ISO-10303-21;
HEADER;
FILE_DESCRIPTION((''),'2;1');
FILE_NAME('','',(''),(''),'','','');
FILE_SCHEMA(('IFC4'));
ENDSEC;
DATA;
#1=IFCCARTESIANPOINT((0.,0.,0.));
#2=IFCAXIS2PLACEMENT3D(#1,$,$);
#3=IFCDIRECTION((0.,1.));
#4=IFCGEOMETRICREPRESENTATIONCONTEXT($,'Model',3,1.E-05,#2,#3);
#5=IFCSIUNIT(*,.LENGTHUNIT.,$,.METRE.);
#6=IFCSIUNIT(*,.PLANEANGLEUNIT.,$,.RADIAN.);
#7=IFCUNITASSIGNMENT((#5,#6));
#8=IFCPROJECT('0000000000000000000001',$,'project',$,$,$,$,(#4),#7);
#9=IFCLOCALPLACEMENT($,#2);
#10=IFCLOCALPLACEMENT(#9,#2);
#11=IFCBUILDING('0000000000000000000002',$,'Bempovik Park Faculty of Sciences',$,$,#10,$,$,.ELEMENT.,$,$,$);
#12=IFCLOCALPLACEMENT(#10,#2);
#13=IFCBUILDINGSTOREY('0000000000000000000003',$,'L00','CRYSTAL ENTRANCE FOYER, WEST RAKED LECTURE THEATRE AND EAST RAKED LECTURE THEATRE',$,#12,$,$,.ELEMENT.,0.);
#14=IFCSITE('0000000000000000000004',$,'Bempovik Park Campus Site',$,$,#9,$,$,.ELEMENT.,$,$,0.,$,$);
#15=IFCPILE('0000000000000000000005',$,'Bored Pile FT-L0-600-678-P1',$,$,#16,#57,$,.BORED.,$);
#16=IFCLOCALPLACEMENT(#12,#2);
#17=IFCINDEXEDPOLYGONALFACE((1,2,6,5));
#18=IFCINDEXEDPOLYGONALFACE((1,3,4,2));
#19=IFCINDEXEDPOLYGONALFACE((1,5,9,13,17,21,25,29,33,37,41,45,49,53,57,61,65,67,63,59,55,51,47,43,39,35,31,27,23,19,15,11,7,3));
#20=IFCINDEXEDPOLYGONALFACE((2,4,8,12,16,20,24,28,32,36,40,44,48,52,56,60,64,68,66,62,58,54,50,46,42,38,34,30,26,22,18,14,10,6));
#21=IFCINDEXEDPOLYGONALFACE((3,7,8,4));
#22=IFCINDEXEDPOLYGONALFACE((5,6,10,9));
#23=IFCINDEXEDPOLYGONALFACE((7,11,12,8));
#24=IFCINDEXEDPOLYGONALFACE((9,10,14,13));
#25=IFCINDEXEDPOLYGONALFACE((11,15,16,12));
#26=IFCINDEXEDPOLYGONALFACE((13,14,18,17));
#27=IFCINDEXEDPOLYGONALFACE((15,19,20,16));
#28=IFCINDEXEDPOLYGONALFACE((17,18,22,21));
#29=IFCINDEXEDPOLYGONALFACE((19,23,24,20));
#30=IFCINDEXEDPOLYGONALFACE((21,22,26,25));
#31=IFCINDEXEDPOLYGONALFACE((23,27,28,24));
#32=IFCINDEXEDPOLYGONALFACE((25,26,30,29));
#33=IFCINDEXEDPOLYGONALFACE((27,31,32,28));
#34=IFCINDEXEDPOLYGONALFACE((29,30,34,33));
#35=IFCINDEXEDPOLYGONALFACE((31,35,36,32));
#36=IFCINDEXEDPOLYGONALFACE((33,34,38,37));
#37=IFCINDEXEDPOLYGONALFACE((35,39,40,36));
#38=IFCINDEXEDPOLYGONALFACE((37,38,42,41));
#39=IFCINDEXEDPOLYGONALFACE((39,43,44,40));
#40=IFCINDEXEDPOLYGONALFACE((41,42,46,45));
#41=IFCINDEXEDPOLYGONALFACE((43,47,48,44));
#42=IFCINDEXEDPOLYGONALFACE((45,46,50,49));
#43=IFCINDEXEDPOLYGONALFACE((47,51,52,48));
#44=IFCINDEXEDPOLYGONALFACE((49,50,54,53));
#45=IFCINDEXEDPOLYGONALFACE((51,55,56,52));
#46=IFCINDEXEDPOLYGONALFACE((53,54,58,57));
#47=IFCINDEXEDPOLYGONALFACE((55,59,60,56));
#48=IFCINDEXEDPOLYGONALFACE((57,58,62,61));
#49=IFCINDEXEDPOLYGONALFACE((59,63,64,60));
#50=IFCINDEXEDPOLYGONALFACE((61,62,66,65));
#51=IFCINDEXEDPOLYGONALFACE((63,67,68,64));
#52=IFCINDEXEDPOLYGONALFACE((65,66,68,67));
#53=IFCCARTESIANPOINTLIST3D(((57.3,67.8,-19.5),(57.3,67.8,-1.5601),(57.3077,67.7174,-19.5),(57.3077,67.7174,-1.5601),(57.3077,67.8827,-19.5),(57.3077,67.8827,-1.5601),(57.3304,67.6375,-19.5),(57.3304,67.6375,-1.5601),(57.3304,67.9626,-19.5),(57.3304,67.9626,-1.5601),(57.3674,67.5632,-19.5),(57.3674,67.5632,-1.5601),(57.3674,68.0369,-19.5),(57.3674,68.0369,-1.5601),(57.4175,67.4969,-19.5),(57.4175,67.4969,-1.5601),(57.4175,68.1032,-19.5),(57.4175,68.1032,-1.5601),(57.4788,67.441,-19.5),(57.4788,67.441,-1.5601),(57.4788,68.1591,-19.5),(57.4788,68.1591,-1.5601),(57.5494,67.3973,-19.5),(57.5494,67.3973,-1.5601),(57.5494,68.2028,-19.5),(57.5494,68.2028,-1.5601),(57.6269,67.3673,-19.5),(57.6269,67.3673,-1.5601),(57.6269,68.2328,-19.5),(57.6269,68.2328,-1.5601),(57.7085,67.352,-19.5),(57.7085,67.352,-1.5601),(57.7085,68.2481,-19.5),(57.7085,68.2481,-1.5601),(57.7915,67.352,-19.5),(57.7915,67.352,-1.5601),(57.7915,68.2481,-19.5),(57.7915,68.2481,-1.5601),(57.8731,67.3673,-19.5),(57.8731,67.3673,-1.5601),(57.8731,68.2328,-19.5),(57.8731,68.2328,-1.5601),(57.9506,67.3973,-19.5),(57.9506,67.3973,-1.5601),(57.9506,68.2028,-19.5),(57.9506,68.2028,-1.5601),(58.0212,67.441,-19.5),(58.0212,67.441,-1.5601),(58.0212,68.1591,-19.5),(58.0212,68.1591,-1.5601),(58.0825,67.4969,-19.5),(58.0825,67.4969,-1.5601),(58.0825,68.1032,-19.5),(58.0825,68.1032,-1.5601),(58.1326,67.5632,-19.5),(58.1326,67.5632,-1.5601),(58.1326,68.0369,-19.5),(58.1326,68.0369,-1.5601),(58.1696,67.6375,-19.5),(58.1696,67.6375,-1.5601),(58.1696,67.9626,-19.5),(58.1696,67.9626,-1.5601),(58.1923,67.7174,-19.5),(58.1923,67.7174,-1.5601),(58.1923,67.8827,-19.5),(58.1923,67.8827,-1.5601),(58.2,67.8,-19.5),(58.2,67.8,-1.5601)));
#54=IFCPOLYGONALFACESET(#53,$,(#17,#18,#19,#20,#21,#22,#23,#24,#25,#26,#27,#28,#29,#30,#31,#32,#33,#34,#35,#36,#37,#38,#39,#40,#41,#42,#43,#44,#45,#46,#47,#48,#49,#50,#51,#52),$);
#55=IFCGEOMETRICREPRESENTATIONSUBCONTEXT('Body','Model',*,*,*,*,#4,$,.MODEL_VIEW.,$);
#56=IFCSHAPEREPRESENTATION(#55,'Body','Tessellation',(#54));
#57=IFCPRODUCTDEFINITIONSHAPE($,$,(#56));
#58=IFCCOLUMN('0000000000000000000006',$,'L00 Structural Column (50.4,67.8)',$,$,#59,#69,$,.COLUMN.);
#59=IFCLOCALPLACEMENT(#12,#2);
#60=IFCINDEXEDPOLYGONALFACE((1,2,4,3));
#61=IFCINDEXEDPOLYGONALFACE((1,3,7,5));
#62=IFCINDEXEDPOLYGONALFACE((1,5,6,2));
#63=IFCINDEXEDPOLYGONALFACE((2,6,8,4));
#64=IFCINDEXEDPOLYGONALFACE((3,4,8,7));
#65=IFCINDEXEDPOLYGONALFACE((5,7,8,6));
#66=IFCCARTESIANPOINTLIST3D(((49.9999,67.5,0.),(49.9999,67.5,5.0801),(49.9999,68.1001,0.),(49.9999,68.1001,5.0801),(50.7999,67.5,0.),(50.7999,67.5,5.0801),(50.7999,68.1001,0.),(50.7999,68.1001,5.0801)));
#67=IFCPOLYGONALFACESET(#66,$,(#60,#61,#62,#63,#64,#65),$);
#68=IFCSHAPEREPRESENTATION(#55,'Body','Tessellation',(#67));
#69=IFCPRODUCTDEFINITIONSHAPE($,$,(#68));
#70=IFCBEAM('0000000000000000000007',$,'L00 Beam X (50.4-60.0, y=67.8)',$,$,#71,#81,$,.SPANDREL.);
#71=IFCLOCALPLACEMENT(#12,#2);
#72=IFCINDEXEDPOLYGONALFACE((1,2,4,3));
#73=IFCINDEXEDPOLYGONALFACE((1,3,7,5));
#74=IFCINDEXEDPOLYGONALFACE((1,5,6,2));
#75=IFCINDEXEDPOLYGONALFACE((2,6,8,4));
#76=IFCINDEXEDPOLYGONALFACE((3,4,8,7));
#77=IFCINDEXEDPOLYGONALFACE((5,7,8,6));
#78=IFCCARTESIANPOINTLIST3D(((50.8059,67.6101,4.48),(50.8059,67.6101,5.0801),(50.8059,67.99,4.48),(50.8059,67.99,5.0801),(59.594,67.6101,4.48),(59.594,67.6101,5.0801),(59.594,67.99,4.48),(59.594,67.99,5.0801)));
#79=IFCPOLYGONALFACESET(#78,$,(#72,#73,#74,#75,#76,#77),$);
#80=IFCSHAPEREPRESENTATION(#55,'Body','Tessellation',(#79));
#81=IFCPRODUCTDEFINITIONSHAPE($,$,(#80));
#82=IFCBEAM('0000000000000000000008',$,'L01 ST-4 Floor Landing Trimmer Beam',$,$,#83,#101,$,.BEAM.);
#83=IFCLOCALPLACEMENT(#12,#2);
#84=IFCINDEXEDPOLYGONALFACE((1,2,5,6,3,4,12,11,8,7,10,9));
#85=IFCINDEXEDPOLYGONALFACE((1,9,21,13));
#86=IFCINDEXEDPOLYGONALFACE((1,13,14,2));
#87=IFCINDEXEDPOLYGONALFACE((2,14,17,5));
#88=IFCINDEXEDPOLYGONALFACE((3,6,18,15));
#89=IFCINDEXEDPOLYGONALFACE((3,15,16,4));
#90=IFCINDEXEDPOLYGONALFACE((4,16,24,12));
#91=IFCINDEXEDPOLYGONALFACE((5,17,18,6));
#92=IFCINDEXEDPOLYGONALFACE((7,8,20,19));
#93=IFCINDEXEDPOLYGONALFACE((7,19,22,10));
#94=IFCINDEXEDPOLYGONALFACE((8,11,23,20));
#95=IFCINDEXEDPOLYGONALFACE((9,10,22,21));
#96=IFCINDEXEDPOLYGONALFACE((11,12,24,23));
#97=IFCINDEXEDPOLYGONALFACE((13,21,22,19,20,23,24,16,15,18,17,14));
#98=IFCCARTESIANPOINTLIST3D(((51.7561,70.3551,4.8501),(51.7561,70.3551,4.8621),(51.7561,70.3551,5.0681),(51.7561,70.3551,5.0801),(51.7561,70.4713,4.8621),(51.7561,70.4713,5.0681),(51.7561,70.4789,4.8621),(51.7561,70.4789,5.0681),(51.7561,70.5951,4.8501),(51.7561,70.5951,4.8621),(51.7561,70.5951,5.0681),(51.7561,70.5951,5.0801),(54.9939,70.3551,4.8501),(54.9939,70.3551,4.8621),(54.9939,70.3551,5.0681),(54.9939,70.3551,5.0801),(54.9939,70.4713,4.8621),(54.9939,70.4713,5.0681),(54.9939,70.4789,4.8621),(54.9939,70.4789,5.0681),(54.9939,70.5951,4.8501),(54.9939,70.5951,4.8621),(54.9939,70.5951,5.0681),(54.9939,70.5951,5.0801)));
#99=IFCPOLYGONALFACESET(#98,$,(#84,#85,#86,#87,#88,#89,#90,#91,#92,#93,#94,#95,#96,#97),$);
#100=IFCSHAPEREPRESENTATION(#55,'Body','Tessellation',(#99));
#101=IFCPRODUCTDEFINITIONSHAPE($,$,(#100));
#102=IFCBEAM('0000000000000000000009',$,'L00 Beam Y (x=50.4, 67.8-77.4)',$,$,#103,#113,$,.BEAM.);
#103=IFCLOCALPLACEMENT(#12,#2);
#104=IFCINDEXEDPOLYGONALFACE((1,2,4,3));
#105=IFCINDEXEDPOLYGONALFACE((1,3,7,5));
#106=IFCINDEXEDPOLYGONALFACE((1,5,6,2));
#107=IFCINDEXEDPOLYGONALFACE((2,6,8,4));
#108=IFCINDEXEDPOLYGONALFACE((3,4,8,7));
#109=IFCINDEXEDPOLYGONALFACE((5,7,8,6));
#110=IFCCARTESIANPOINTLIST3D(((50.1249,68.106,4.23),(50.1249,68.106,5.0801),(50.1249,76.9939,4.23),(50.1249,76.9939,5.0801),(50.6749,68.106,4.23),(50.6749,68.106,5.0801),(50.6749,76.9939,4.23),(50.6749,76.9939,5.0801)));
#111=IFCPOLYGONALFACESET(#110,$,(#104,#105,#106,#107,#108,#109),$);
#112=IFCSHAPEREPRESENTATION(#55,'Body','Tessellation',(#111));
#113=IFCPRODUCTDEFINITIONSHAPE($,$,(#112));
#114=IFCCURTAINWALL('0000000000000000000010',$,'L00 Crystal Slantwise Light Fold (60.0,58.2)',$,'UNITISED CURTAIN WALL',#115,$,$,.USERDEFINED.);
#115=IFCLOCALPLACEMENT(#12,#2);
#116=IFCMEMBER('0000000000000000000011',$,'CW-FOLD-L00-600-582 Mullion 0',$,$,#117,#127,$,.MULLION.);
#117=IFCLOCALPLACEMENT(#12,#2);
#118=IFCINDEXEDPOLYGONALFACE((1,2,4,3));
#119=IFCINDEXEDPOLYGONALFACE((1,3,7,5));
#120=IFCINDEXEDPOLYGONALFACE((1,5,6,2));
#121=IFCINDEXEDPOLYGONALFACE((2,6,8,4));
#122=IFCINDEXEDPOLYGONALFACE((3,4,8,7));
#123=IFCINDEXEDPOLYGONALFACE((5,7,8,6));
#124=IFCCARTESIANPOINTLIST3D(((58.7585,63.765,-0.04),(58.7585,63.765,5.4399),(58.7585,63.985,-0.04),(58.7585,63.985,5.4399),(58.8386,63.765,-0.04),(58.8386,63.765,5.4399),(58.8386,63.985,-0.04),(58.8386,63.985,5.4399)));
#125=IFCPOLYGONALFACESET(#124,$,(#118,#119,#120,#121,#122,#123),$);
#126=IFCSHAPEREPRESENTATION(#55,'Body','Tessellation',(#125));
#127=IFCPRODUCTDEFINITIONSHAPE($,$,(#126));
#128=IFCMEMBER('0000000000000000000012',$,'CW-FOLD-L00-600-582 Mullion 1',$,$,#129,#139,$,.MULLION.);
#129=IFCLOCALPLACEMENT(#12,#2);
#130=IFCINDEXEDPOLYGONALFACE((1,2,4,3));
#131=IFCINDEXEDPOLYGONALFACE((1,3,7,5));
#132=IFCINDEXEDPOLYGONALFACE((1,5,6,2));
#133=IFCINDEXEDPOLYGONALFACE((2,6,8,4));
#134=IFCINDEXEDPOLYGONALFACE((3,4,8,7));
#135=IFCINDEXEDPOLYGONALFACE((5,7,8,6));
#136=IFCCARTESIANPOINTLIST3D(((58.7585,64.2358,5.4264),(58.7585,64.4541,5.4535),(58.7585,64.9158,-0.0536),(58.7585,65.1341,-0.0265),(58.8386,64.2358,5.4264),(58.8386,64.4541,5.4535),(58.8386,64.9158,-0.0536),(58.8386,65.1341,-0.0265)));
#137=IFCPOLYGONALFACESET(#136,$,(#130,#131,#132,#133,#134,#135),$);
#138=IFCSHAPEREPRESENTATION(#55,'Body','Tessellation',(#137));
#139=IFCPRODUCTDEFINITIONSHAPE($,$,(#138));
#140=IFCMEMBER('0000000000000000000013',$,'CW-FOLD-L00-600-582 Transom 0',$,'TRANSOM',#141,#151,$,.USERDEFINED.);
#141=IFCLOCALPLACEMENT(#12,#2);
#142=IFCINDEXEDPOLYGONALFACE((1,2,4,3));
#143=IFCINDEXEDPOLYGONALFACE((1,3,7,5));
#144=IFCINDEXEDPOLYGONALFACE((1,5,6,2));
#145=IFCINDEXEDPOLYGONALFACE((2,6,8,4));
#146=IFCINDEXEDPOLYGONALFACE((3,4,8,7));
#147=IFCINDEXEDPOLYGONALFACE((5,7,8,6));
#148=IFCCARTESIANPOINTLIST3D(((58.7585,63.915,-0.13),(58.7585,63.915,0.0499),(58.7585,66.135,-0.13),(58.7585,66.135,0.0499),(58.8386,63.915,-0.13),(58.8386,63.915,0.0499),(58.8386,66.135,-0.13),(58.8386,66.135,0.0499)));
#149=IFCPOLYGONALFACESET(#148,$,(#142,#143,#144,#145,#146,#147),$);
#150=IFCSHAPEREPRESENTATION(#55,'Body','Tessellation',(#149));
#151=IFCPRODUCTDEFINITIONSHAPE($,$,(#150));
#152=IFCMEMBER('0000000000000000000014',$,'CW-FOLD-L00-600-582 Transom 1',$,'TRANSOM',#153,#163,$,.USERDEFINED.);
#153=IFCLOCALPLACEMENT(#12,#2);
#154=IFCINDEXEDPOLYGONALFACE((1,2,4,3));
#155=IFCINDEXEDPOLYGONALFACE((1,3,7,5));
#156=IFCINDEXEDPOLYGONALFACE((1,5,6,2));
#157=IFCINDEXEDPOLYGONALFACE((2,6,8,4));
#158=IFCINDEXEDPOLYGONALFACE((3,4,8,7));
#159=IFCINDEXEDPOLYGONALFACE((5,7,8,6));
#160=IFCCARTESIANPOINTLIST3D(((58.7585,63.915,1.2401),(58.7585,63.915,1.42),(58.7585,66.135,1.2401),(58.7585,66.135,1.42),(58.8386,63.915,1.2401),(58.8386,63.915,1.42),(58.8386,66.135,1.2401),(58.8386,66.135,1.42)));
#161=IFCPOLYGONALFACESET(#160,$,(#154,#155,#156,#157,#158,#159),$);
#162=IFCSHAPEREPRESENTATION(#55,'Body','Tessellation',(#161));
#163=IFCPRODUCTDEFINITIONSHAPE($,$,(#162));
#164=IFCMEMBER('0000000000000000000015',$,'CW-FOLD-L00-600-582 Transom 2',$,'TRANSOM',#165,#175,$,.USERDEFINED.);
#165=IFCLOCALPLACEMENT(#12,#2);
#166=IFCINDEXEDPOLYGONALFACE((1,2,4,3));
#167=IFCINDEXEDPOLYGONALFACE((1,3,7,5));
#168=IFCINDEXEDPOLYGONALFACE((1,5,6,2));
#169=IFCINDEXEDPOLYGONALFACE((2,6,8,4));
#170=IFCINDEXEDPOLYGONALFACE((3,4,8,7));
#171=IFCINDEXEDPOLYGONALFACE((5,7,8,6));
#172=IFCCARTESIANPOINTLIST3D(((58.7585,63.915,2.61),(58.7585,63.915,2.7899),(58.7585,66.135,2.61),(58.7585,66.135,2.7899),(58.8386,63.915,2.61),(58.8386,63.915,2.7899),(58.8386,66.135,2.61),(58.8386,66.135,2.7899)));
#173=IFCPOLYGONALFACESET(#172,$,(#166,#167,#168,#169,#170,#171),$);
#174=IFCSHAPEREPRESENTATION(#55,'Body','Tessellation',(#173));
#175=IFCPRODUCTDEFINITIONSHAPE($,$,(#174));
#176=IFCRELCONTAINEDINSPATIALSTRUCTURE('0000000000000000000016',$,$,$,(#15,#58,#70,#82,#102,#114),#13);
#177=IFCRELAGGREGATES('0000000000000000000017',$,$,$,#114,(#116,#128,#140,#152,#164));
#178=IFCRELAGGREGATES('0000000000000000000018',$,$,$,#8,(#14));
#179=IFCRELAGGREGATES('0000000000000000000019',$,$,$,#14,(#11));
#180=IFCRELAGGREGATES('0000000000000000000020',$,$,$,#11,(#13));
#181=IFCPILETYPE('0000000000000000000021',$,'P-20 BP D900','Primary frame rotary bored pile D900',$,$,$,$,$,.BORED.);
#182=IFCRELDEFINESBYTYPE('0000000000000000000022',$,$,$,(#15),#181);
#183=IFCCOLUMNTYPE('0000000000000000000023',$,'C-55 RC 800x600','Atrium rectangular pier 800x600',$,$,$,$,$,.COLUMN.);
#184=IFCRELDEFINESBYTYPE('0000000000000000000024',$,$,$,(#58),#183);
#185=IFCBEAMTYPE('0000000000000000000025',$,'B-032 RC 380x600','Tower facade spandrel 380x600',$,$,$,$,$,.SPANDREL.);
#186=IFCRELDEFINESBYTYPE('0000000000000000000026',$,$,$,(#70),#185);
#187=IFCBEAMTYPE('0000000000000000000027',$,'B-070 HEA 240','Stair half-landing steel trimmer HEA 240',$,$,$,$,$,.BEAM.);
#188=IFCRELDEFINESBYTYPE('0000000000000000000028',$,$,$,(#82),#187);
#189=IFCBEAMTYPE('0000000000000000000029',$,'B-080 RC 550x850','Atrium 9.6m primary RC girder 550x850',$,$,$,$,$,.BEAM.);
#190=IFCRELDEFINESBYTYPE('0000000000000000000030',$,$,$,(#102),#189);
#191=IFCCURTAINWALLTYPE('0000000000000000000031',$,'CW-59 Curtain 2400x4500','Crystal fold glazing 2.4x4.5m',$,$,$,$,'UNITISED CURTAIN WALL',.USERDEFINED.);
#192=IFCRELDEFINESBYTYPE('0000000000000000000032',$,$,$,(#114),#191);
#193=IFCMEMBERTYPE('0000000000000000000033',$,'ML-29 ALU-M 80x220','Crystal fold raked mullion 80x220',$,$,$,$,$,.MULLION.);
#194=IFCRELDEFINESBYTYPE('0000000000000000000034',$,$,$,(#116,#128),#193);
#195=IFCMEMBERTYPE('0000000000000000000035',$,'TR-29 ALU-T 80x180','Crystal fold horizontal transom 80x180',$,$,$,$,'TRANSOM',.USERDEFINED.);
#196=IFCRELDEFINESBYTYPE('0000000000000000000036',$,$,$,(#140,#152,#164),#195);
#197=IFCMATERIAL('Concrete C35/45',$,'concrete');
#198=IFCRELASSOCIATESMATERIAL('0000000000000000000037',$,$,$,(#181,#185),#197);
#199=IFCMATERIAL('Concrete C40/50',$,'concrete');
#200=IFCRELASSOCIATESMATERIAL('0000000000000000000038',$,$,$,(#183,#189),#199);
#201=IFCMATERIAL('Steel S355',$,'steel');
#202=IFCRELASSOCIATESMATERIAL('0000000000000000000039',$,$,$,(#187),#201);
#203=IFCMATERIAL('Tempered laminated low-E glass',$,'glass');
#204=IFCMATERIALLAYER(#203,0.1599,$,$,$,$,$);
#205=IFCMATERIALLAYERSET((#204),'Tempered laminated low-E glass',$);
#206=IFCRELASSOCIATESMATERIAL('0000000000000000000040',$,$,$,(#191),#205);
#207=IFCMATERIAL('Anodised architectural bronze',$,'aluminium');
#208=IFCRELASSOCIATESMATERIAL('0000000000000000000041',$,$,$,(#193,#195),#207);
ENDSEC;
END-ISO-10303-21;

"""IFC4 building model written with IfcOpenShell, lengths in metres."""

from ifc_helpers import new_model, si_unit, direction, frame, origin, origin_2d, place, context, subcontext, project, spatial, rectangle, circle, i_section, extrude, material, layer, layer_set, material_profile, profile_set, type_object, element, aggregate, save


model = new_model("IFC4")

# Units and contexts
model_context = context("Model", 3, precision=1e-05, world=origin(), true_north=direction((0.0, 1.0)))
body_context = subcontext(model_context, "Body", "Model", "MODEL_VIEW")
ifc_project = project(units=[si_unit("LENGTHUNIT", "METRE"), si_unit("PLANEANGLEUNIT", "RADIAN")], contexts=[model_context])

# Site, building, storey
site_placement = place(None, origin())
site = spatial("IfcSite", under=ifc_project, at=site_placement, Name="Bempovik Park Campus Site", CompositionType="ELEMENT", RefElevation=0.0)
building_placement = place(site_placement, origin())
building = spatial("IfcBuilding", under=site, at=building_placement, Name="Bempovik Park Faculty of Sciences", CompositionType="ELEMENT")
storey_placement = place(building_placement, origin())
storey = spatial("IfcBuildingStorey", under=building, at=storey_placement, Name="L00", Description="CRYSTAL ENTRANCE FOYER, WEST RAKED LECTURE THEATRE AND EAST RAKED LECTURE THEATRE", CompositionType="ELEMENT", Elevation=0.0)

# Shared definitions
ifc_material_1 = material(Name="Concrete C35/45", Category="concrete")

# Pile
ifc_material_profile_1 = material_profile(ifc_material_1, circle(Radius=0.45, at=origin_2d()), Name="BP D900")
ifc_profile_set_1 = profile_set([ifc_material_profile_1], Name="Concrete C35/45")
pile_type_1 = type_object("IfcPileType", Name="P-20 BP D900", Description="Primary frame rotary bored pile D900", PredefinedType="BORED", material=ifc_profile_set_1)
for number, where, z_axis, x_axis, name in (
    (1, (57.75, 67.8, -1.5601), (0.0, 0.0, -1.0), (1.0, 0.0, 0.0), "Bored Pile FT-L0-600-678-P1"),
):
    element("IfcPile", number, at=place(storey_placement, frame(where, z_axis=z_axis, x_axis=x_axis)), inside=storey, type_object=pile_type_1, Name=name, PredefinedType="BORED", context=body_context, shape_type="SweptSolid", body=[
        extrude(circle(Radius=0.45, at=origin_2d()), origin(), (0.0, 0.0, 1.0), 17.9399),
    ])

# Column
ifc_material_2 = material(Name="Concrete C40/50", Category="concrete")
ifc_material_profile_2 = material_profile(ifc_material_2, rectangle(XDim=0.8, YDim=0.6001, at=origin_2d()), Name="RC 800x600")
ifc_profile_set_2 = profile_set([ifc_material_profile_2], Name="Concrete C40/50")
column_type = type_object("IfcColumnType", Name="C-55 RC 800x600", Description="Atrium rectangular pier 800x600", PredefinedType="COLUMN", material=ifc_profile_set_2)
column_placement = place(storey_placement, frame((50.3999, 67.8, 0.0), z_axis=(0.0, 0.0, 1.0), x_axis=(1.0, 0.0, 0.0)))
element("IfcColumn", 2, at=column_placement, inside=storey, type_object=column_type, Name="L00 Structural Column (50.4,67.8)", PredefinedType="COLUMN", context=body_context, shape_type="SweptSolid", body=[
    extrude(rectangle(XDim=0.8, YDim=0.6001, at=origin_2d()), origin(), (0.0, 0.0, 1.0), 5.0801),
])

# Beams
ifc_material_profile_3 = material_profile(ifc_material_1, rectangle(XDim=0.3799, YDim=0.6001, at=origin_2d()), Name="RC 380x600")
ifc_profile_set_3 = profile_set([ifc_material_profile_3], Name="Concrete C35/45")
beam_type_1 = type_object("IfcBeamType", Name="B-032 RC 380x600", Description="Tower facade spandrel 380x600", PredefinedType="SPANDREL", material=ifc_profile_set_3)
beam_1_placement = place(storey_placement, frame((50.8059, 67.8, 4.78), z_axis=(1.0, 0.0, 0.0), x_axis=(0.0, 1.0, 0.0)))
element("IfcBeam", 3, at=beam_1_placement, inside=storey, type_object=beam_type_1, Name="L00 Beam X (50.4-60.0, y=67.8)", PredefinedType="SPANDREL", context=body_context, shape_type="SweptSolid", body=[
    extrude(rectangle(XDim=0.3799, YDim=0.6001, at=origin_2d()), origin(), (0.0, 0.0, 1.0), 8.7881),
])
ifc_material_3 = material(Name="Steel S355", Category="steel")
ifc_material_profile_4 = material_profile(ifc_material_3, i_section(OverallWidth=0.24, OverallDepth=0.23, WebThickness=0.0076, FlangeThickness=0.012, at=origin_2d()), Name="HEA 240")
ifc_profile_set_4 = profile_set([ifc_material_profile_4], Name="Steel S355")
beam_type_2 = type_object("IfcBeamType", Name="B-070 HEA 240", Description="Stair half-landing steel trimmer HEA 240", PredefinedType="BEAM", material=ifc_profile_set_4)
beam_2_placement = place(storey_placement, frame((51.7561, 70.4751, 4.9651), z_axis=(1.0, 0.0, 0.0), x_axis=(0.0, 1.0, 0.0)))
element("IfcBeam", 4, at=beam_2_placement, inside=storey, type_object=beam_type_2, Name="L01 ST-4 Floor Landing Trimmer Beam", PredefinedType="BEAM", context=body_context, shape_type="SweptSolid", body=[
    extrude(i_section(OverallWidth=0.24, OverallDepth=0.23, WebThickness=0.0076, FlangeThickness=0.012, at=origin_2d()), origin(), (0.0, 0.0, 1.0), 3.2378),
])
ifc_material_profile_5 = material_profile(ifc_material_2, rectangle(XDim=0.55, YDim=0.8501, at=origin_2d()), Name="RC 550x850")
ifc_profile_set_5 = profile_set([ifc_material_profile_5], Name="Concrete C40/50")
beam_type_3 = type_object("IfcBeamType", Name="B-080 RC 550x850", Description="Atrium 9.6m primary RC girder 550x850", PredefinedType="BEAM", material=ifc_profile_set_5)
beam_3_placement = place(storey_placement, frame((50.3999, 68.106, 4.655), z_axis=(0.0, 1.0, 0.0), x_axis=(-1.0, 0.0, 0.0)))
element("IfcBeam", 5, at=beam_3_placement, inside=storey, type_object=beam_type_3, Name="L00 Beam Y (x=50.4, 67.8-77.4)", PredefinedType="BEAM", context=body_context, shape_type="SweptSolid", body=[
    extrude(rectangle(XDim=0.55, YDim=0.8501, at=origin_2d()), origin(), (0.0, 0.0, 1.0), 8.8879),
])

# Curtain wall, members
ifc_material_4 = material(Name="Tempered laminated low-E glass", Category="glass")
ifc_layer_1 = layer(ifc_material_4, 0.1599)
ifc_layer_set_1 = layer_set([ifc_layer_1], Name="Tempered laminated low-E glass")
curtain_wall_type = type_object("IfcCurtainWallType", Name="CW-59 Curtain 2400x4500", Description="Crystal fold glazing 2.4x4.5m", ElementType="UNITISED CURTAIN WALL", PredefinedType="USERDEFINED", material=ifc_layer_set_1)
curtain_wall_placement = place(storey_placement, origin())
curtain_wall = element("IfcCurtainWall", 6, at=curtain_wall_placement, inside=storey, type_object=curtain_wall_type, Name="L00 Crystal Slantwise Light Fold (60.0,58.2)", ObjectType="UNITISED CURTAIN WALL", PredefinedType="USERDEFINED")
ifc_material_5 = material(Name="Anodised architectural bronze", Category="aluminium")
ifc_material_profile_6 = material_profile(ifc_material_5, rectangle(XDim=0.0801, YDim=0.22, at=origin_2d()), Name="ALU-M 80x220")
ifc_profile_set_6 = profile_set([ifc_material_profile_6], Name="Anodised architectural bronze")
member_type_1 = type_object("IfcMemberType", Name="ML-29 ALU-M 80x220", Description="Crystal fold raked mullion 80x220", PredefinedType="MULLION", material=ifc_profile_set_6)
member_1_placement = place(storey_placement, frame((58.7986, 63.875, -0.04), z_axis=(0.0, 0.0, 1.0), x_axis=(1.0, 0.0, 0.0)))
member_1 = element("IfcMember", 7, at=member_1_placement, type_object=member_type_1, Name="CW-FOLD-L00-600-582 Mullion 0", PredefinedType="MULLION", context=body_context, shape_type="SweptSolid", body=[
    extrude(rectangle(XDim=0.0801, YDim=0.22, at=origin_2d()), origin(), (0.0, 0.0, 1.0), 5.48),
])
member_2_placement = place(storey_placement, frame((58.7986, 65.0249, -0.04), z_axis=(0.0, -0.123131, 0.99239), x_axis=(1.0, 0.0, 0.0)))
member_2 = element("IfcMember", 8, at=member_2_placement, type_object=member_type_1, Name="CW-FOLD-L00-600-582 Mullion 1", PredefinedType="MULLION", context=body_context, shape_type="SweptSolid", body=[
    extrude(rectangle(XDim=0.0801, YDim=0.22, at=origin_2d()), origin(), (0.0, 0.0, 1.0), 5.522),
])
ifc_material_profile_7 = material_profile(ifc_material_5, rectangle(XDim=0.0801, YDim=0.1799, at=origin_2d()), Name="ALU-T 80x180")
ifc_profile_set_7 = profile_set([ifc_material_profile_7], Name="Anodised architectural bronze")
member_type_2 = type_object("IfcMemberType", Name="TR-29 ALU-T 80x180", Description="Crystal fold horizontal transom 80x180", ElementType="TRANSOM", PredefinedType="USERDEFINED", material=ifc_profile_set_7)
member_3_placement = place(storey_placement, frame((58.7986, 63.915, -0.04), z_axis=(0.0, 1.0, 0.0), x_axis=(-1.0, 0.0, 0.0)))
member_3 = element("IfcMember", 9, at=member_3_placement, type_object=member_type_2, Name="CW-FOLD-L00-600-582 Transom 0", ObjectType="TRANSOM", PredefinedType="USERDEFINED", context=body_context, shape_type="SweptSolid", body=[
    extrude(rectangle(XDim=0.0801, YDim=0.1799, at=origin_2d()), origin(), (0.0, 0.0, 1.0), 2.22),
])
member_4_placement = place(storey_placement, frame((58.7986, 63.915, 1.3301), z_axis=(0.0, 1.0, 0.0), x_axis=(-1.0, 0.0, 0.0)))
member_4 = element("IfcMember", 10, at=member_4_placement, type_object=member_type_2, Name="CW-FOLD-L00-600-582 Transom 1", ObjectType="TRANSOM", PredefinedType="USERDEFINED", context=body_context, shape_type="SweptSolid", body=[
    extrude(rectangle(XDim=0.0801, YDim=0.1799, at=origin_2d()), origin(), (0.0, 0.0, 1.0), 2.22),
])
member_5_placement = place(storey_placement, frame((58.7986, 63.915, 2.7), z_axis=(0.0, 1.0, 0.0), x_axis=(-1.0, 0.0, 0.0)))
member_5 = element("IfcMember", 11, at=member_5_placement, type_object=member_type_2, Name="CW-FOLD-L00-600-582 Transom 2", ObjectType="TRANSOM", PredefinedType="USERDEFINED", context=body_context, shape_type="SweptSolid", body=[
    extrude(rectangle(XDim=0.0801, YDim=0.1799, at=origin_2d()), origin(), (0.0, 0.0, 1.0), 2.22),
])
aggregate(curtain_wall, [member_1, member_2, member_3, member_4, member_5])

save(model, "model.ifc")
